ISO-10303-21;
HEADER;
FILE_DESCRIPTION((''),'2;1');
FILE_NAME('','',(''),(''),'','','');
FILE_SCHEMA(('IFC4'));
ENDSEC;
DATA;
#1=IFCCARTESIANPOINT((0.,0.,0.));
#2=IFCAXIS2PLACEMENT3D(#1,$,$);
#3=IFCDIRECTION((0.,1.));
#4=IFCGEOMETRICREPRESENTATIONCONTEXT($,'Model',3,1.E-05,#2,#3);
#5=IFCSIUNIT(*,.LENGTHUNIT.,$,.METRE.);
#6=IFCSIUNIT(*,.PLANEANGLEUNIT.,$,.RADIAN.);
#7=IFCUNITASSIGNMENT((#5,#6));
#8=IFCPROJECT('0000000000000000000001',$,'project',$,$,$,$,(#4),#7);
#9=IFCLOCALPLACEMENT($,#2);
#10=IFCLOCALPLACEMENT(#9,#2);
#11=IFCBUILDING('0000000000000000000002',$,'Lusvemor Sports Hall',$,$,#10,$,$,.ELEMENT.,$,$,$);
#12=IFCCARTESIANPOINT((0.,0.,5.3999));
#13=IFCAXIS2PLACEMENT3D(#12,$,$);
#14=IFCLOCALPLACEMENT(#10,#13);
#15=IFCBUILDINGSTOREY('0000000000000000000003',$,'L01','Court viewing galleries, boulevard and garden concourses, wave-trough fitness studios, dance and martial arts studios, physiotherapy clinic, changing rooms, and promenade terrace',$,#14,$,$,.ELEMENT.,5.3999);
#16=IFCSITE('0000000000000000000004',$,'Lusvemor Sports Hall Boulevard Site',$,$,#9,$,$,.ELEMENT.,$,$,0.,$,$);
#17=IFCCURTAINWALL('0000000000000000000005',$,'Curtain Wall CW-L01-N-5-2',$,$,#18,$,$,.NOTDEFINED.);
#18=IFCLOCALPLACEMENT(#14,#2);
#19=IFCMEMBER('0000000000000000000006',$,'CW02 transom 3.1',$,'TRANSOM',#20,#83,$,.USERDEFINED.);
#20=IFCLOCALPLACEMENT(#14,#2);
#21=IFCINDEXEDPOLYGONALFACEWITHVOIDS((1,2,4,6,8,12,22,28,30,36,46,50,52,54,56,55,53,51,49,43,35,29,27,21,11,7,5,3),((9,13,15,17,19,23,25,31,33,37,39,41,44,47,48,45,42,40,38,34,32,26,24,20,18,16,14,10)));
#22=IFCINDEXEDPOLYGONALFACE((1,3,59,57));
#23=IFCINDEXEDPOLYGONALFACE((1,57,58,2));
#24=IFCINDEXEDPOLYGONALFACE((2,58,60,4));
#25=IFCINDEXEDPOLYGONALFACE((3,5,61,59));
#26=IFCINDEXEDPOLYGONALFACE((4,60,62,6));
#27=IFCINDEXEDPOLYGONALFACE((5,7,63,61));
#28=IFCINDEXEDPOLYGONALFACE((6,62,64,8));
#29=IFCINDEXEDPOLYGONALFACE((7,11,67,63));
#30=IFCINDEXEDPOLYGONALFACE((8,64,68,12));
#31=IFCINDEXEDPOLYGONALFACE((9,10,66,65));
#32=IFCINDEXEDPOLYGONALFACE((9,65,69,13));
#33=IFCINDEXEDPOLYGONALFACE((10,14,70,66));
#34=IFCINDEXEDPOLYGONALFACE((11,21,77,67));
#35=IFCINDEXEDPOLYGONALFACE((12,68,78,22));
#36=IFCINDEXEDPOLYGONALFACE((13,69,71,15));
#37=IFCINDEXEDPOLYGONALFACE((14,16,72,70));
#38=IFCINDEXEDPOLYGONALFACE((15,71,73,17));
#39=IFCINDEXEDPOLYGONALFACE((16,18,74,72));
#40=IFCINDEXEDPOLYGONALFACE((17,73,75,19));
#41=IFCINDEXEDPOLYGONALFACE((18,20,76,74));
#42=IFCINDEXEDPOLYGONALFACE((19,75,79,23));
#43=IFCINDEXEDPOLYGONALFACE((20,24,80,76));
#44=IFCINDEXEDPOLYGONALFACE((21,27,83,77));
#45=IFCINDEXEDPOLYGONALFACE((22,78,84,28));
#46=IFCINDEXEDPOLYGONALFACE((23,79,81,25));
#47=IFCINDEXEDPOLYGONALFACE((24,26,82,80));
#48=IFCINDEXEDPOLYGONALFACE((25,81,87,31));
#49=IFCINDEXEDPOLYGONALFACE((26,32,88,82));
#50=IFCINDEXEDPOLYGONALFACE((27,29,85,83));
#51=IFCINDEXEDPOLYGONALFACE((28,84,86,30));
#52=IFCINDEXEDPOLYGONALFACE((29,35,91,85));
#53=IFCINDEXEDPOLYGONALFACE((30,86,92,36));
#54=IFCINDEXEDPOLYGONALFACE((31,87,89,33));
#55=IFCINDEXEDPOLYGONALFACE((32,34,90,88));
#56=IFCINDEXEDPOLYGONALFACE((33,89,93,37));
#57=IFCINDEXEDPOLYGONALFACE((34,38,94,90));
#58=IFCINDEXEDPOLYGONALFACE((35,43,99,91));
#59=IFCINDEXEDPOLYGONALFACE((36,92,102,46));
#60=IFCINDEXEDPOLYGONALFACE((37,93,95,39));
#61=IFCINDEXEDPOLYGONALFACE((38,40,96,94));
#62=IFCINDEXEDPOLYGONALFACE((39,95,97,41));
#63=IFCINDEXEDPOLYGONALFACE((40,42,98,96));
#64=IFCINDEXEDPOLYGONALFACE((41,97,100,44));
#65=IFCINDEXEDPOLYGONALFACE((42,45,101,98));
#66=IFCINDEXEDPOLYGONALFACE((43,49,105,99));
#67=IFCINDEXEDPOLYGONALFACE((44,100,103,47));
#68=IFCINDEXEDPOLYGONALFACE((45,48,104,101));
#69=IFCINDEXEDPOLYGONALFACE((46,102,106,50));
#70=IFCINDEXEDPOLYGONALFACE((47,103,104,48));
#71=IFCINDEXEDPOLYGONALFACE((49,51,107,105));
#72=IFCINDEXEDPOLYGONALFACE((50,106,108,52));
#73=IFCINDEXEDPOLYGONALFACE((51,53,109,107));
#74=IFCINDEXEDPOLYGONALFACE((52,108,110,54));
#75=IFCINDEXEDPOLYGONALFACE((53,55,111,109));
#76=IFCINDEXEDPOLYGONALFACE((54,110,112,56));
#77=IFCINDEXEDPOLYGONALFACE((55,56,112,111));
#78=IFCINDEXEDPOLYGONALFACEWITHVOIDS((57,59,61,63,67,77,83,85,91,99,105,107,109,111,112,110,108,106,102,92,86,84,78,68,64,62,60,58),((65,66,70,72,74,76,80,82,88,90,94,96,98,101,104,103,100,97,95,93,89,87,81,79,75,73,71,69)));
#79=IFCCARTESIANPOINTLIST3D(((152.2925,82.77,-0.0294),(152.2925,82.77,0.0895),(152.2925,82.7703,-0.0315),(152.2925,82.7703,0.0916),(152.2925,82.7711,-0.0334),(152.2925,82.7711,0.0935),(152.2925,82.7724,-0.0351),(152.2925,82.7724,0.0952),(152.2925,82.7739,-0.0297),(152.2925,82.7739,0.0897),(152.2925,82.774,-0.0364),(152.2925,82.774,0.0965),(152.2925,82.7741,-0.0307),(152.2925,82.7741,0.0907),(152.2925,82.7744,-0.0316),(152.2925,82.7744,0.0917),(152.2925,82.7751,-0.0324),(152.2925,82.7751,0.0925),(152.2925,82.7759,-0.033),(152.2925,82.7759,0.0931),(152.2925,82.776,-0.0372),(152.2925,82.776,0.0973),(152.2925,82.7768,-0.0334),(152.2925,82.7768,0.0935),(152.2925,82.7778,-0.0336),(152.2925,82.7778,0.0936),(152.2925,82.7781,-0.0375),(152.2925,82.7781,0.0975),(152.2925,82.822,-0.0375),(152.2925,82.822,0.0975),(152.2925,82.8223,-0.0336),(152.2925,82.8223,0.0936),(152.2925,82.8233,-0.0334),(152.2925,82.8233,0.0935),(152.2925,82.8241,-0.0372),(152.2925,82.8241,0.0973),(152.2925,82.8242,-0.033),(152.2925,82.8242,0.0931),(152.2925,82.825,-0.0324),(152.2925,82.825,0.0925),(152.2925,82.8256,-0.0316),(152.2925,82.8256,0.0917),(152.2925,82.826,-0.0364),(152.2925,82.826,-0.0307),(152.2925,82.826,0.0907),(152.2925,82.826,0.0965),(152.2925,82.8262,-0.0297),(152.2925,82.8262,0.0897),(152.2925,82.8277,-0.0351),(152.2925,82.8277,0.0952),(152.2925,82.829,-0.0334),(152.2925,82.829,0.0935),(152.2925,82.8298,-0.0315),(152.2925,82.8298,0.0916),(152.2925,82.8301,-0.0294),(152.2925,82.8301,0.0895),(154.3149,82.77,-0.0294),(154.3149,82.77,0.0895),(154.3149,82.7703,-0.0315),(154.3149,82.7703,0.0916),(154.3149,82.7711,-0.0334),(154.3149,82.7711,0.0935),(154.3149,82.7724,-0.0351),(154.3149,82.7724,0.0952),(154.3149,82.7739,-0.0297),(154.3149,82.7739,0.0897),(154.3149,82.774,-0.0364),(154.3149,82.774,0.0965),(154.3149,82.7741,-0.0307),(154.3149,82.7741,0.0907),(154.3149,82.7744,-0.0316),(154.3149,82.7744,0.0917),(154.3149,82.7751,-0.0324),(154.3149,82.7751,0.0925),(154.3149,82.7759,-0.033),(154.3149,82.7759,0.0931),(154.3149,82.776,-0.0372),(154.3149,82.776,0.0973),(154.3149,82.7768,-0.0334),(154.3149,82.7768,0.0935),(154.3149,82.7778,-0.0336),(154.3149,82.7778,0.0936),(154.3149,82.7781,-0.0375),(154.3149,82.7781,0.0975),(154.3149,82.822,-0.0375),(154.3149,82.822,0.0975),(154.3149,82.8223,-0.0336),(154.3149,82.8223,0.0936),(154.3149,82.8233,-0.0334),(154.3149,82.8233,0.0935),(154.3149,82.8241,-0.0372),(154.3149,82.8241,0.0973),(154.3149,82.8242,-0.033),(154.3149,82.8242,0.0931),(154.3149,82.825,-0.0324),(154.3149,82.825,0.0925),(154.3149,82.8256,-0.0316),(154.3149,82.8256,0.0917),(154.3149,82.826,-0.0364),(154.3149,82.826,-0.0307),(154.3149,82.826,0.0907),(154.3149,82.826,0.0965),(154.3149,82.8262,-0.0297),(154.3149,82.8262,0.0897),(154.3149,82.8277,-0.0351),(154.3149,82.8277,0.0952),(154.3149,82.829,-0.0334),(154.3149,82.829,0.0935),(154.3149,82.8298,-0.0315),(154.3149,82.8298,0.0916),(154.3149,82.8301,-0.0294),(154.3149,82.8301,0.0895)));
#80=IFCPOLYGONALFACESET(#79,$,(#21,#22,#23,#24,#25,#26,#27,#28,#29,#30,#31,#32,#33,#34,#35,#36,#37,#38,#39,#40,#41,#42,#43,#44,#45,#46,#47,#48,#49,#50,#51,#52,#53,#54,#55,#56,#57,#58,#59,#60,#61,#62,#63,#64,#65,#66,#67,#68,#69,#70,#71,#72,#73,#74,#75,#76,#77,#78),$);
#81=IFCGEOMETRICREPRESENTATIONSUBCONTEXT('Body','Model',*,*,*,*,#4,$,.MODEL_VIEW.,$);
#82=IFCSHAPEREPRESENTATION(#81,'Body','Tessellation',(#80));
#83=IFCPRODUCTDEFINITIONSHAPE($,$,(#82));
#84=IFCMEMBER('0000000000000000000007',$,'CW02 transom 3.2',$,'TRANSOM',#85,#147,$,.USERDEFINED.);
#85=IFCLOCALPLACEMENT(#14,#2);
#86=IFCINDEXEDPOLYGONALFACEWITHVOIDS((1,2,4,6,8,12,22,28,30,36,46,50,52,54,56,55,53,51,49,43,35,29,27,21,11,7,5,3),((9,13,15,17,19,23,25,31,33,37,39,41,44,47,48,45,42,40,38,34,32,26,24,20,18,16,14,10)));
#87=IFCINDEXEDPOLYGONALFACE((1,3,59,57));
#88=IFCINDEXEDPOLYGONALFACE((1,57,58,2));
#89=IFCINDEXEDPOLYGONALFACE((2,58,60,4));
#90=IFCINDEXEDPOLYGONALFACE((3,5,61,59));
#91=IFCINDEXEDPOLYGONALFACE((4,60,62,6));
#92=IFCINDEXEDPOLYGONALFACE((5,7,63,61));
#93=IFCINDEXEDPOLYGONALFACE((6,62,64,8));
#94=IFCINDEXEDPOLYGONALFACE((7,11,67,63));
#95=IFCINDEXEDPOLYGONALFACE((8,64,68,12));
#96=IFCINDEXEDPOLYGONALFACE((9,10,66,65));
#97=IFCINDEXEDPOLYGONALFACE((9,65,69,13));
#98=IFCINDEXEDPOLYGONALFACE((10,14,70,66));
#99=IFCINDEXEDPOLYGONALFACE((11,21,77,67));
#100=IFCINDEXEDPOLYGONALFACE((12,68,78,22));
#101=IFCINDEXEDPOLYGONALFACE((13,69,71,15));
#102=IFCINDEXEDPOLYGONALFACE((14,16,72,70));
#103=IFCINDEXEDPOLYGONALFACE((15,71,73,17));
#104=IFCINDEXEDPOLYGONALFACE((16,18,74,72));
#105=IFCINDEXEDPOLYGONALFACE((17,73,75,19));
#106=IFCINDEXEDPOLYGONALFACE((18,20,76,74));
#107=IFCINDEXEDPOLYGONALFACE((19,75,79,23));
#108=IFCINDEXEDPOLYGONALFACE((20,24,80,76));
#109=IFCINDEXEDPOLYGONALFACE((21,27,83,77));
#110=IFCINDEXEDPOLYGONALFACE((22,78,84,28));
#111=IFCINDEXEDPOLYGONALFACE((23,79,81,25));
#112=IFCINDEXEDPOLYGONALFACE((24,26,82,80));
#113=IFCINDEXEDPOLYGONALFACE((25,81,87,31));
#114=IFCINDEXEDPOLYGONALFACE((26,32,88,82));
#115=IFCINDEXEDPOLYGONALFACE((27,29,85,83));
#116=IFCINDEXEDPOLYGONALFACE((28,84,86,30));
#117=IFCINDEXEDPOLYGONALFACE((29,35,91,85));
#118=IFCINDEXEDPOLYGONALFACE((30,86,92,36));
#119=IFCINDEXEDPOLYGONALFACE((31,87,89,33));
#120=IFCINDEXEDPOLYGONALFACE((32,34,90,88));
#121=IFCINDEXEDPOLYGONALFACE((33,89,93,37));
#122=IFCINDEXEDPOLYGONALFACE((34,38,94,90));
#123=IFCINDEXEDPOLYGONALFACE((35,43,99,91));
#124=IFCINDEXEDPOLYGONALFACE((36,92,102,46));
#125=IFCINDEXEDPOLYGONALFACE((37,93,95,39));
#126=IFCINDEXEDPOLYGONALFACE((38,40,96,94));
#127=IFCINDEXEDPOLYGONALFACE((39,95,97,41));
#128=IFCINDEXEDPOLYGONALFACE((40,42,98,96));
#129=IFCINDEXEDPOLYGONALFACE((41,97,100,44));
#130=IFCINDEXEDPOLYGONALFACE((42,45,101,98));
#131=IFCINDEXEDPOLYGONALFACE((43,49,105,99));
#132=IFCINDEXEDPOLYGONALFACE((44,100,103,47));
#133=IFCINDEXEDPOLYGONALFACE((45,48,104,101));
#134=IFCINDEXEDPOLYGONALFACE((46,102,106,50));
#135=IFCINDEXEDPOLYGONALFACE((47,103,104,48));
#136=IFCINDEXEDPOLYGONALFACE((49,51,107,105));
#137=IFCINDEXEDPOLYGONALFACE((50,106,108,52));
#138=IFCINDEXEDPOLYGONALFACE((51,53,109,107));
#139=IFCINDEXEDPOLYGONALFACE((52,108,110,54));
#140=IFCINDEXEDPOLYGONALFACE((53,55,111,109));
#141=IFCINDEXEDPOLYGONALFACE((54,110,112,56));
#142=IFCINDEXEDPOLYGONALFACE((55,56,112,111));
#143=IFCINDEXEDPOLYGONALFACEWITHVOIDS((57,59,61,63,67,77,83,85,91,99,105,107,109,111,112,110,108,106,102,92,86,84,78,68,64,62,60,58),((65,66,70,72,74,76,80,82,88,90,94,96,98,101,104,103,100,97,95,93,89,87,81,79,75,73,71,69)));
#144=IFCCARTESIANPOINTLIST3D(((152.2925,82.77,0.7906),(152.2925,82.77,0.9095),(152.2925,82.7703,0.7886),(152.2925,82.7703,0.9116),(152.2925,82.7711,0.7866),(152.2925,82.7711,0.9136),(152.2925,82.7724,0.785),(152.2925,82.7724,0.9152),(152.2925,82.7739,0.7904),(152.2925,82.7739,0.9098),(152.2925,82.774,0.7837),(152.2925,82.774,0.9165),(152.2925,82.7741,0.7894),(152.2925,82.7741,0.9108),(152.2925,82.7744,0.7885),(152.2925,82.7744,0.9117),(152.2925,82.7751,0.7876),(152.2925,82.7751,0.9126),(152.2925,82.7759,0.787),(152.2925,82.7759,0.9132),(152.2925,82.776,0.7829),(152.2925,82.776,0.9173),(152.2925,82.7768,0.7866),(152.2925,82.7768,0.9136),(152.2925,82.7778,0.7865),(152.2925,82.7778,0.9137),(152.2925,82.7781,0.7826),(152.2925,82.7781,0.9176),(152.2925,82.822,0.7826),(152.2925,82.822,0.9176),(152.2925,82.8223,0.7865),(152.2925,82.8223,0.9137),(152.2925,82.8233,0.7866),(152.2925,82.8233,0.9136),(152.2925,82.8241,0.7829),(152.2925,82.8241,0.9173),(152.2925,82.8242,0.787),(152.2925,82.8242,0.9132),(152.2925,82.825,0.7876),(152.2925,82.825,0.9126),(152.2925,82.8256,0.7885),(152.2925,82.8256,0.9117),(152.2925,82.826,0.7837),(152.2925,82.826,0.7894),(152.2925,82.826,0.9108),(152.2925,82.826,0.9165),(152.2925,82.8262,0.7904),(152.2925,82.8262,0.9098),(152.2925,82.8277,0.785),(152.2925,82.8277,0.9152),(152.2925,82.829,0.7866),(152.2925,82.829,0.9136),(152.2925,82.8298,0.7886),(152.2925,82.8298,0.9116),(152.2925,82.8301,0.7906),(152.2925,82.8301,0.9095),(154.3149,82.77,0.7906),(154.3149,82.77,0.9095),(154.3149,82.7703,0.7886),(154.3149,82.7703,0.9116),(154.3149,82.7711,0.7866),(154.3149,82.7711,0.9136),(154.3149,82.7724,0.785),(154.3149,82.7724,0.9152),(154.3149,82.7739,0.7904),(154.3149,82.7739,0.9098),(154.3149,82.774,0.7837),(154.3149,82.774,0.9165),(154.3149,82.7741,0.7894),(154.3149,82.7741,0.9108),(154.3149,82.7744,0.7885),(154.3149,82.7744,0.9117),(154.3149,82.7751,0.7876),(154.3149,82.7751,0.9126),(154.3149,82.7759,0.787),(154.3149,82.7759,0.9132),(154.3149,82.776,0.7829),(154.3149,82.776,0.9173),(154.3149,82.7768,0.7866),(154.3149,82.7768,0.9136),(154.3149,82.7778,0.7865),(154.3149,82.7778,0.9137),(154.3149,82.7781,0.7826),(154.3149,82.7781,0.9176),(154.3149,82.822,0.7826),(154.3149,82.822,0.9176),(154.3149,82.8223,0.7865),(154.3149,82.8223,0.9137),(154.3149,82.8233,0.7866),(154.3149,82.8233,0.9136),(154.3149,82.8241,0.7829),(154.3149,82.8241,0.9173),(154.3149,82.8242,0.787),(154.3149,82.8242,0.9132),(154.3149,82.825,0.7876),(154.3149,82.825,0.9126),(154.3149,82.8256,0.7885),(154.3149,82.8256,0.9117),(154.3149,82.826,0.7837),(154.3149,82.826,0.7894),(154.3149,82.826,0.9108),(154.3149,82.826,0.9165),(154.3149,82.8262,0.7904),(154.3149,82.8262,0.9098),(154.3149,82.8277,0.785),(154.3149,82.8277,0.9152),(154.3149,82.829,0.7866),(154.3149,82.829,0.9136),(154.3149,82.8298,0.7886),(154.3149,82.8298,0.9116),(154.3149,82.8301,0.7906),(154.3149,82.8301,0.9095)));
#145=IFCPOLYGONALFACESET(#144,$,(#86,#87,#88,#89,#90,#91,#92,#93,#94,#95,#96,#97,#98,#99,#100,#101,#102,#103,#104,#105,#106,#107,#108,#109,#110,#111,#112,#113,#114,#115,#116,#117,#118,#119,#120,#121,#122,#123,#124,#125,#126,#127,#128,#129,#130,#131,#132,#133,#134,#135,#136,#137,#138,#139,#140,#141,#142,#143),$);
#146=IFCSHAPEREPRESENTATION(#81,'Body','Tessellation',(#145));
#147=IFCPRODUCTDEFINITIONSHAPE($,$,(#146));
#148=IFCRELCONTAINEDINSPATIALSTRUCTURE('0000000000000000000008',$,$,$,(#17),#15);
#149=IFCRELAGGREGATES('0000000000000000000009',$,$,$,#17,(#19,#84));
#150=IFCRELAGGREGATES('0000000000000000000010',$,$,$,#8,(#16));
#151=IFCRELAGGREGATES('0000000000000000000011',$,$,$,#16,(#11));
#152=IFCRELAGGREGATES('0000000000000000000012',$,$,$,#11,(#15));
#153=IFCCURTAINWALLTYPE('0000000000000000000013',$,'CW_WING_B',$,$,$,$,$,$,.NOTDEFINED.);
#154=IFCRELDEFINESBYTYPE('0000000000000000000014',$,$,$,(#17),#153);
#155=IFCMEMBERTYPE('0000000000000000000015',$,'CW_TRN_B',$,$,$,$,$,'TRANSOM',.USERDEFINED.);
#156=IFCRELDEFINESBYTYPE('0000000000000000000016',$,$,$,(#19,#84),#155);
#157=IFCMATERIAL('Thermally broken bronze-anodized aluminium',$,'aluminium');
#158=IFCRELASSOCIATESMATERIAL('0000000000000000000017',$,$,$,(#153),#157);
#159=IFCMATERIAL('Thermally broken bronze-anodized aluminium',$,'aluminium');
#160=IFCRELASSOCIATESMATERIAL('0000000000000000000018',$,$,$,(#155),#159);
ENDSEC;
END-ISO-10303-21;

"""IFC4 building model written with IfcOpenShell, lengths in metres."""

from ifc_helpers import new_model, si_unit, direction, frame, origin, origin_2d, place, context, subcontext, project, spatial, hollow_rectangle, extrude, material, material_profile, profile_set, type_object, element, aggregate, save


model = new_model("IFC4")

# Units and contexts
model_context = context("Model", 3, precision=1e-05, world=origin(), true_north=direction((0.0, 1.0)))
body_context = subcontext(model_context, "Body", "Model", "MODEL_VIEW")
ifc_project = project(units=[si_unit("LENGTHUNIT", "METRE"), si_unit("PLANEANGLEUNIT", "RADIAN")], contexts=[model_context])

# Site, building, storey
site_placement = place(None, origin())
site = spatial("IfcSite", under=ifc_project, at=site_placement, Name="Lusvemor Sports Hall Boulevard Site", CompositionType="ELEMENT", RefElevation=0.0)
building_placement = place(site_placement, origin())
building = spatial("IfcBuilding", under=site, at=building_placement, Name="Lusvemor Sports Hall", CompositionType="ELEMENT")
storey_placement = place(building_placement, frame((0.0, 0.0, 5.3999)))
storey = spatial("IfcBuildingStorey", under=building, at=storey_placement, Name="L01", Description="Court viewing galleries, boulevard and garden concourses, wave-trough fitness studios, dance and martial arts studios, physiotherapy clinic, changing rooms, and promenade terrace", CompositionType="ELEMENT", Elevation=5.3999)

# Curtain wall
ifc_material_1 = material(Name="Thermally broken bronze-anodized aluminium", Category="aluminium")
curtain_wall_type = type_object("IfcCurtainWallType", Name="CW_WING_B", PredefinedType="NOTDEFINED", material=ifc_material_1)
curtain_wall_1_placement = place(storey_placement, origin())
curtain_wall_1 = element("IfcCurtainWall", 1, at=curtain_wall_1_placement, inside=storey, type_object=curtain_wall_type, Name="Curtain Wall CW-L01-N-5-2", PredefinedType="NOTDEFINED")

# Members
ifc_material_2 = material(Name="Thermally broken bronze-anodized aluminium", Category="aluminium")
ifc_material_profile_1 = material_profile(ifc_material_2, hollow_rectangle(XDim=0.0601, YDim=0.135, WallThickness=0.0039, InnerFilletRadius=0.0039, OuterFilletRadius=0.0081, at=origin_2d()), Name="CWTRN135x60x4")
ifc_profile_set_1 = profile_set([ifc_material_profile_1], Name="Thermally broken bronze-anodized aluminium")
member_type_1 = type_object("IfcMemberType", Name="CW_TRN_B", ElementType="TRANSOM", PredefinedType="USERDEFINED", material=ifc_profile_set_1)
member_1_placement = place(storey_placement, frame((152.2925, 82.8, 0.03), z_axis=(1.0, 0.0, 0.0), x_axis=(0.0, 1.0, 0.0)))
member_1 = element("IfcMember", 2, at=member_1_placement, type_object=member_type_1, Name="CW02 transom 3.1", ObjectType="TRANSOM", PredefinedType="USERDEFINED", context=body_context, shape_type="SweptSolid", body=[
    extrude(hollow_rectangle(XDim=0.0601, YDim=0.135, WallThickness=0.0039, InnerFilletRadius=0.0039, OuterFilletRadius=0.0081, at=origin_2d()), origin(), (0.0, 0.0, 1.0), 2.0225),
])
member_2_placement = place(storey_placement, frame((152.2925, 82.8, 0.8501), z_axis=(1.0, 0.0, 0.0), x_axis=(0.0, 1.0, 0.0)))
member_2 = element("IfcMember", 3, at=member_2_placement, type_object=member_type_1, Name="CW02 transom 3.2", ObjectType="TRANSOM", PredefinedType="USERDEFINED", context=body_context, shape_type="SweptSolid", body=[
    extrude(hollow_rectangle(XDim=0.0601, YDim=0.135, WallThickness=0.0039, InnerFilletRadius=0.0039, OuterFilletRadius=0.0081, at=origin_2d()), origin(), (0.0, 0.0, 1.0), 2.0225),
])

aggregate(curtain_wall_1, [member_1, member_2])

save(model, "model.ifc")
